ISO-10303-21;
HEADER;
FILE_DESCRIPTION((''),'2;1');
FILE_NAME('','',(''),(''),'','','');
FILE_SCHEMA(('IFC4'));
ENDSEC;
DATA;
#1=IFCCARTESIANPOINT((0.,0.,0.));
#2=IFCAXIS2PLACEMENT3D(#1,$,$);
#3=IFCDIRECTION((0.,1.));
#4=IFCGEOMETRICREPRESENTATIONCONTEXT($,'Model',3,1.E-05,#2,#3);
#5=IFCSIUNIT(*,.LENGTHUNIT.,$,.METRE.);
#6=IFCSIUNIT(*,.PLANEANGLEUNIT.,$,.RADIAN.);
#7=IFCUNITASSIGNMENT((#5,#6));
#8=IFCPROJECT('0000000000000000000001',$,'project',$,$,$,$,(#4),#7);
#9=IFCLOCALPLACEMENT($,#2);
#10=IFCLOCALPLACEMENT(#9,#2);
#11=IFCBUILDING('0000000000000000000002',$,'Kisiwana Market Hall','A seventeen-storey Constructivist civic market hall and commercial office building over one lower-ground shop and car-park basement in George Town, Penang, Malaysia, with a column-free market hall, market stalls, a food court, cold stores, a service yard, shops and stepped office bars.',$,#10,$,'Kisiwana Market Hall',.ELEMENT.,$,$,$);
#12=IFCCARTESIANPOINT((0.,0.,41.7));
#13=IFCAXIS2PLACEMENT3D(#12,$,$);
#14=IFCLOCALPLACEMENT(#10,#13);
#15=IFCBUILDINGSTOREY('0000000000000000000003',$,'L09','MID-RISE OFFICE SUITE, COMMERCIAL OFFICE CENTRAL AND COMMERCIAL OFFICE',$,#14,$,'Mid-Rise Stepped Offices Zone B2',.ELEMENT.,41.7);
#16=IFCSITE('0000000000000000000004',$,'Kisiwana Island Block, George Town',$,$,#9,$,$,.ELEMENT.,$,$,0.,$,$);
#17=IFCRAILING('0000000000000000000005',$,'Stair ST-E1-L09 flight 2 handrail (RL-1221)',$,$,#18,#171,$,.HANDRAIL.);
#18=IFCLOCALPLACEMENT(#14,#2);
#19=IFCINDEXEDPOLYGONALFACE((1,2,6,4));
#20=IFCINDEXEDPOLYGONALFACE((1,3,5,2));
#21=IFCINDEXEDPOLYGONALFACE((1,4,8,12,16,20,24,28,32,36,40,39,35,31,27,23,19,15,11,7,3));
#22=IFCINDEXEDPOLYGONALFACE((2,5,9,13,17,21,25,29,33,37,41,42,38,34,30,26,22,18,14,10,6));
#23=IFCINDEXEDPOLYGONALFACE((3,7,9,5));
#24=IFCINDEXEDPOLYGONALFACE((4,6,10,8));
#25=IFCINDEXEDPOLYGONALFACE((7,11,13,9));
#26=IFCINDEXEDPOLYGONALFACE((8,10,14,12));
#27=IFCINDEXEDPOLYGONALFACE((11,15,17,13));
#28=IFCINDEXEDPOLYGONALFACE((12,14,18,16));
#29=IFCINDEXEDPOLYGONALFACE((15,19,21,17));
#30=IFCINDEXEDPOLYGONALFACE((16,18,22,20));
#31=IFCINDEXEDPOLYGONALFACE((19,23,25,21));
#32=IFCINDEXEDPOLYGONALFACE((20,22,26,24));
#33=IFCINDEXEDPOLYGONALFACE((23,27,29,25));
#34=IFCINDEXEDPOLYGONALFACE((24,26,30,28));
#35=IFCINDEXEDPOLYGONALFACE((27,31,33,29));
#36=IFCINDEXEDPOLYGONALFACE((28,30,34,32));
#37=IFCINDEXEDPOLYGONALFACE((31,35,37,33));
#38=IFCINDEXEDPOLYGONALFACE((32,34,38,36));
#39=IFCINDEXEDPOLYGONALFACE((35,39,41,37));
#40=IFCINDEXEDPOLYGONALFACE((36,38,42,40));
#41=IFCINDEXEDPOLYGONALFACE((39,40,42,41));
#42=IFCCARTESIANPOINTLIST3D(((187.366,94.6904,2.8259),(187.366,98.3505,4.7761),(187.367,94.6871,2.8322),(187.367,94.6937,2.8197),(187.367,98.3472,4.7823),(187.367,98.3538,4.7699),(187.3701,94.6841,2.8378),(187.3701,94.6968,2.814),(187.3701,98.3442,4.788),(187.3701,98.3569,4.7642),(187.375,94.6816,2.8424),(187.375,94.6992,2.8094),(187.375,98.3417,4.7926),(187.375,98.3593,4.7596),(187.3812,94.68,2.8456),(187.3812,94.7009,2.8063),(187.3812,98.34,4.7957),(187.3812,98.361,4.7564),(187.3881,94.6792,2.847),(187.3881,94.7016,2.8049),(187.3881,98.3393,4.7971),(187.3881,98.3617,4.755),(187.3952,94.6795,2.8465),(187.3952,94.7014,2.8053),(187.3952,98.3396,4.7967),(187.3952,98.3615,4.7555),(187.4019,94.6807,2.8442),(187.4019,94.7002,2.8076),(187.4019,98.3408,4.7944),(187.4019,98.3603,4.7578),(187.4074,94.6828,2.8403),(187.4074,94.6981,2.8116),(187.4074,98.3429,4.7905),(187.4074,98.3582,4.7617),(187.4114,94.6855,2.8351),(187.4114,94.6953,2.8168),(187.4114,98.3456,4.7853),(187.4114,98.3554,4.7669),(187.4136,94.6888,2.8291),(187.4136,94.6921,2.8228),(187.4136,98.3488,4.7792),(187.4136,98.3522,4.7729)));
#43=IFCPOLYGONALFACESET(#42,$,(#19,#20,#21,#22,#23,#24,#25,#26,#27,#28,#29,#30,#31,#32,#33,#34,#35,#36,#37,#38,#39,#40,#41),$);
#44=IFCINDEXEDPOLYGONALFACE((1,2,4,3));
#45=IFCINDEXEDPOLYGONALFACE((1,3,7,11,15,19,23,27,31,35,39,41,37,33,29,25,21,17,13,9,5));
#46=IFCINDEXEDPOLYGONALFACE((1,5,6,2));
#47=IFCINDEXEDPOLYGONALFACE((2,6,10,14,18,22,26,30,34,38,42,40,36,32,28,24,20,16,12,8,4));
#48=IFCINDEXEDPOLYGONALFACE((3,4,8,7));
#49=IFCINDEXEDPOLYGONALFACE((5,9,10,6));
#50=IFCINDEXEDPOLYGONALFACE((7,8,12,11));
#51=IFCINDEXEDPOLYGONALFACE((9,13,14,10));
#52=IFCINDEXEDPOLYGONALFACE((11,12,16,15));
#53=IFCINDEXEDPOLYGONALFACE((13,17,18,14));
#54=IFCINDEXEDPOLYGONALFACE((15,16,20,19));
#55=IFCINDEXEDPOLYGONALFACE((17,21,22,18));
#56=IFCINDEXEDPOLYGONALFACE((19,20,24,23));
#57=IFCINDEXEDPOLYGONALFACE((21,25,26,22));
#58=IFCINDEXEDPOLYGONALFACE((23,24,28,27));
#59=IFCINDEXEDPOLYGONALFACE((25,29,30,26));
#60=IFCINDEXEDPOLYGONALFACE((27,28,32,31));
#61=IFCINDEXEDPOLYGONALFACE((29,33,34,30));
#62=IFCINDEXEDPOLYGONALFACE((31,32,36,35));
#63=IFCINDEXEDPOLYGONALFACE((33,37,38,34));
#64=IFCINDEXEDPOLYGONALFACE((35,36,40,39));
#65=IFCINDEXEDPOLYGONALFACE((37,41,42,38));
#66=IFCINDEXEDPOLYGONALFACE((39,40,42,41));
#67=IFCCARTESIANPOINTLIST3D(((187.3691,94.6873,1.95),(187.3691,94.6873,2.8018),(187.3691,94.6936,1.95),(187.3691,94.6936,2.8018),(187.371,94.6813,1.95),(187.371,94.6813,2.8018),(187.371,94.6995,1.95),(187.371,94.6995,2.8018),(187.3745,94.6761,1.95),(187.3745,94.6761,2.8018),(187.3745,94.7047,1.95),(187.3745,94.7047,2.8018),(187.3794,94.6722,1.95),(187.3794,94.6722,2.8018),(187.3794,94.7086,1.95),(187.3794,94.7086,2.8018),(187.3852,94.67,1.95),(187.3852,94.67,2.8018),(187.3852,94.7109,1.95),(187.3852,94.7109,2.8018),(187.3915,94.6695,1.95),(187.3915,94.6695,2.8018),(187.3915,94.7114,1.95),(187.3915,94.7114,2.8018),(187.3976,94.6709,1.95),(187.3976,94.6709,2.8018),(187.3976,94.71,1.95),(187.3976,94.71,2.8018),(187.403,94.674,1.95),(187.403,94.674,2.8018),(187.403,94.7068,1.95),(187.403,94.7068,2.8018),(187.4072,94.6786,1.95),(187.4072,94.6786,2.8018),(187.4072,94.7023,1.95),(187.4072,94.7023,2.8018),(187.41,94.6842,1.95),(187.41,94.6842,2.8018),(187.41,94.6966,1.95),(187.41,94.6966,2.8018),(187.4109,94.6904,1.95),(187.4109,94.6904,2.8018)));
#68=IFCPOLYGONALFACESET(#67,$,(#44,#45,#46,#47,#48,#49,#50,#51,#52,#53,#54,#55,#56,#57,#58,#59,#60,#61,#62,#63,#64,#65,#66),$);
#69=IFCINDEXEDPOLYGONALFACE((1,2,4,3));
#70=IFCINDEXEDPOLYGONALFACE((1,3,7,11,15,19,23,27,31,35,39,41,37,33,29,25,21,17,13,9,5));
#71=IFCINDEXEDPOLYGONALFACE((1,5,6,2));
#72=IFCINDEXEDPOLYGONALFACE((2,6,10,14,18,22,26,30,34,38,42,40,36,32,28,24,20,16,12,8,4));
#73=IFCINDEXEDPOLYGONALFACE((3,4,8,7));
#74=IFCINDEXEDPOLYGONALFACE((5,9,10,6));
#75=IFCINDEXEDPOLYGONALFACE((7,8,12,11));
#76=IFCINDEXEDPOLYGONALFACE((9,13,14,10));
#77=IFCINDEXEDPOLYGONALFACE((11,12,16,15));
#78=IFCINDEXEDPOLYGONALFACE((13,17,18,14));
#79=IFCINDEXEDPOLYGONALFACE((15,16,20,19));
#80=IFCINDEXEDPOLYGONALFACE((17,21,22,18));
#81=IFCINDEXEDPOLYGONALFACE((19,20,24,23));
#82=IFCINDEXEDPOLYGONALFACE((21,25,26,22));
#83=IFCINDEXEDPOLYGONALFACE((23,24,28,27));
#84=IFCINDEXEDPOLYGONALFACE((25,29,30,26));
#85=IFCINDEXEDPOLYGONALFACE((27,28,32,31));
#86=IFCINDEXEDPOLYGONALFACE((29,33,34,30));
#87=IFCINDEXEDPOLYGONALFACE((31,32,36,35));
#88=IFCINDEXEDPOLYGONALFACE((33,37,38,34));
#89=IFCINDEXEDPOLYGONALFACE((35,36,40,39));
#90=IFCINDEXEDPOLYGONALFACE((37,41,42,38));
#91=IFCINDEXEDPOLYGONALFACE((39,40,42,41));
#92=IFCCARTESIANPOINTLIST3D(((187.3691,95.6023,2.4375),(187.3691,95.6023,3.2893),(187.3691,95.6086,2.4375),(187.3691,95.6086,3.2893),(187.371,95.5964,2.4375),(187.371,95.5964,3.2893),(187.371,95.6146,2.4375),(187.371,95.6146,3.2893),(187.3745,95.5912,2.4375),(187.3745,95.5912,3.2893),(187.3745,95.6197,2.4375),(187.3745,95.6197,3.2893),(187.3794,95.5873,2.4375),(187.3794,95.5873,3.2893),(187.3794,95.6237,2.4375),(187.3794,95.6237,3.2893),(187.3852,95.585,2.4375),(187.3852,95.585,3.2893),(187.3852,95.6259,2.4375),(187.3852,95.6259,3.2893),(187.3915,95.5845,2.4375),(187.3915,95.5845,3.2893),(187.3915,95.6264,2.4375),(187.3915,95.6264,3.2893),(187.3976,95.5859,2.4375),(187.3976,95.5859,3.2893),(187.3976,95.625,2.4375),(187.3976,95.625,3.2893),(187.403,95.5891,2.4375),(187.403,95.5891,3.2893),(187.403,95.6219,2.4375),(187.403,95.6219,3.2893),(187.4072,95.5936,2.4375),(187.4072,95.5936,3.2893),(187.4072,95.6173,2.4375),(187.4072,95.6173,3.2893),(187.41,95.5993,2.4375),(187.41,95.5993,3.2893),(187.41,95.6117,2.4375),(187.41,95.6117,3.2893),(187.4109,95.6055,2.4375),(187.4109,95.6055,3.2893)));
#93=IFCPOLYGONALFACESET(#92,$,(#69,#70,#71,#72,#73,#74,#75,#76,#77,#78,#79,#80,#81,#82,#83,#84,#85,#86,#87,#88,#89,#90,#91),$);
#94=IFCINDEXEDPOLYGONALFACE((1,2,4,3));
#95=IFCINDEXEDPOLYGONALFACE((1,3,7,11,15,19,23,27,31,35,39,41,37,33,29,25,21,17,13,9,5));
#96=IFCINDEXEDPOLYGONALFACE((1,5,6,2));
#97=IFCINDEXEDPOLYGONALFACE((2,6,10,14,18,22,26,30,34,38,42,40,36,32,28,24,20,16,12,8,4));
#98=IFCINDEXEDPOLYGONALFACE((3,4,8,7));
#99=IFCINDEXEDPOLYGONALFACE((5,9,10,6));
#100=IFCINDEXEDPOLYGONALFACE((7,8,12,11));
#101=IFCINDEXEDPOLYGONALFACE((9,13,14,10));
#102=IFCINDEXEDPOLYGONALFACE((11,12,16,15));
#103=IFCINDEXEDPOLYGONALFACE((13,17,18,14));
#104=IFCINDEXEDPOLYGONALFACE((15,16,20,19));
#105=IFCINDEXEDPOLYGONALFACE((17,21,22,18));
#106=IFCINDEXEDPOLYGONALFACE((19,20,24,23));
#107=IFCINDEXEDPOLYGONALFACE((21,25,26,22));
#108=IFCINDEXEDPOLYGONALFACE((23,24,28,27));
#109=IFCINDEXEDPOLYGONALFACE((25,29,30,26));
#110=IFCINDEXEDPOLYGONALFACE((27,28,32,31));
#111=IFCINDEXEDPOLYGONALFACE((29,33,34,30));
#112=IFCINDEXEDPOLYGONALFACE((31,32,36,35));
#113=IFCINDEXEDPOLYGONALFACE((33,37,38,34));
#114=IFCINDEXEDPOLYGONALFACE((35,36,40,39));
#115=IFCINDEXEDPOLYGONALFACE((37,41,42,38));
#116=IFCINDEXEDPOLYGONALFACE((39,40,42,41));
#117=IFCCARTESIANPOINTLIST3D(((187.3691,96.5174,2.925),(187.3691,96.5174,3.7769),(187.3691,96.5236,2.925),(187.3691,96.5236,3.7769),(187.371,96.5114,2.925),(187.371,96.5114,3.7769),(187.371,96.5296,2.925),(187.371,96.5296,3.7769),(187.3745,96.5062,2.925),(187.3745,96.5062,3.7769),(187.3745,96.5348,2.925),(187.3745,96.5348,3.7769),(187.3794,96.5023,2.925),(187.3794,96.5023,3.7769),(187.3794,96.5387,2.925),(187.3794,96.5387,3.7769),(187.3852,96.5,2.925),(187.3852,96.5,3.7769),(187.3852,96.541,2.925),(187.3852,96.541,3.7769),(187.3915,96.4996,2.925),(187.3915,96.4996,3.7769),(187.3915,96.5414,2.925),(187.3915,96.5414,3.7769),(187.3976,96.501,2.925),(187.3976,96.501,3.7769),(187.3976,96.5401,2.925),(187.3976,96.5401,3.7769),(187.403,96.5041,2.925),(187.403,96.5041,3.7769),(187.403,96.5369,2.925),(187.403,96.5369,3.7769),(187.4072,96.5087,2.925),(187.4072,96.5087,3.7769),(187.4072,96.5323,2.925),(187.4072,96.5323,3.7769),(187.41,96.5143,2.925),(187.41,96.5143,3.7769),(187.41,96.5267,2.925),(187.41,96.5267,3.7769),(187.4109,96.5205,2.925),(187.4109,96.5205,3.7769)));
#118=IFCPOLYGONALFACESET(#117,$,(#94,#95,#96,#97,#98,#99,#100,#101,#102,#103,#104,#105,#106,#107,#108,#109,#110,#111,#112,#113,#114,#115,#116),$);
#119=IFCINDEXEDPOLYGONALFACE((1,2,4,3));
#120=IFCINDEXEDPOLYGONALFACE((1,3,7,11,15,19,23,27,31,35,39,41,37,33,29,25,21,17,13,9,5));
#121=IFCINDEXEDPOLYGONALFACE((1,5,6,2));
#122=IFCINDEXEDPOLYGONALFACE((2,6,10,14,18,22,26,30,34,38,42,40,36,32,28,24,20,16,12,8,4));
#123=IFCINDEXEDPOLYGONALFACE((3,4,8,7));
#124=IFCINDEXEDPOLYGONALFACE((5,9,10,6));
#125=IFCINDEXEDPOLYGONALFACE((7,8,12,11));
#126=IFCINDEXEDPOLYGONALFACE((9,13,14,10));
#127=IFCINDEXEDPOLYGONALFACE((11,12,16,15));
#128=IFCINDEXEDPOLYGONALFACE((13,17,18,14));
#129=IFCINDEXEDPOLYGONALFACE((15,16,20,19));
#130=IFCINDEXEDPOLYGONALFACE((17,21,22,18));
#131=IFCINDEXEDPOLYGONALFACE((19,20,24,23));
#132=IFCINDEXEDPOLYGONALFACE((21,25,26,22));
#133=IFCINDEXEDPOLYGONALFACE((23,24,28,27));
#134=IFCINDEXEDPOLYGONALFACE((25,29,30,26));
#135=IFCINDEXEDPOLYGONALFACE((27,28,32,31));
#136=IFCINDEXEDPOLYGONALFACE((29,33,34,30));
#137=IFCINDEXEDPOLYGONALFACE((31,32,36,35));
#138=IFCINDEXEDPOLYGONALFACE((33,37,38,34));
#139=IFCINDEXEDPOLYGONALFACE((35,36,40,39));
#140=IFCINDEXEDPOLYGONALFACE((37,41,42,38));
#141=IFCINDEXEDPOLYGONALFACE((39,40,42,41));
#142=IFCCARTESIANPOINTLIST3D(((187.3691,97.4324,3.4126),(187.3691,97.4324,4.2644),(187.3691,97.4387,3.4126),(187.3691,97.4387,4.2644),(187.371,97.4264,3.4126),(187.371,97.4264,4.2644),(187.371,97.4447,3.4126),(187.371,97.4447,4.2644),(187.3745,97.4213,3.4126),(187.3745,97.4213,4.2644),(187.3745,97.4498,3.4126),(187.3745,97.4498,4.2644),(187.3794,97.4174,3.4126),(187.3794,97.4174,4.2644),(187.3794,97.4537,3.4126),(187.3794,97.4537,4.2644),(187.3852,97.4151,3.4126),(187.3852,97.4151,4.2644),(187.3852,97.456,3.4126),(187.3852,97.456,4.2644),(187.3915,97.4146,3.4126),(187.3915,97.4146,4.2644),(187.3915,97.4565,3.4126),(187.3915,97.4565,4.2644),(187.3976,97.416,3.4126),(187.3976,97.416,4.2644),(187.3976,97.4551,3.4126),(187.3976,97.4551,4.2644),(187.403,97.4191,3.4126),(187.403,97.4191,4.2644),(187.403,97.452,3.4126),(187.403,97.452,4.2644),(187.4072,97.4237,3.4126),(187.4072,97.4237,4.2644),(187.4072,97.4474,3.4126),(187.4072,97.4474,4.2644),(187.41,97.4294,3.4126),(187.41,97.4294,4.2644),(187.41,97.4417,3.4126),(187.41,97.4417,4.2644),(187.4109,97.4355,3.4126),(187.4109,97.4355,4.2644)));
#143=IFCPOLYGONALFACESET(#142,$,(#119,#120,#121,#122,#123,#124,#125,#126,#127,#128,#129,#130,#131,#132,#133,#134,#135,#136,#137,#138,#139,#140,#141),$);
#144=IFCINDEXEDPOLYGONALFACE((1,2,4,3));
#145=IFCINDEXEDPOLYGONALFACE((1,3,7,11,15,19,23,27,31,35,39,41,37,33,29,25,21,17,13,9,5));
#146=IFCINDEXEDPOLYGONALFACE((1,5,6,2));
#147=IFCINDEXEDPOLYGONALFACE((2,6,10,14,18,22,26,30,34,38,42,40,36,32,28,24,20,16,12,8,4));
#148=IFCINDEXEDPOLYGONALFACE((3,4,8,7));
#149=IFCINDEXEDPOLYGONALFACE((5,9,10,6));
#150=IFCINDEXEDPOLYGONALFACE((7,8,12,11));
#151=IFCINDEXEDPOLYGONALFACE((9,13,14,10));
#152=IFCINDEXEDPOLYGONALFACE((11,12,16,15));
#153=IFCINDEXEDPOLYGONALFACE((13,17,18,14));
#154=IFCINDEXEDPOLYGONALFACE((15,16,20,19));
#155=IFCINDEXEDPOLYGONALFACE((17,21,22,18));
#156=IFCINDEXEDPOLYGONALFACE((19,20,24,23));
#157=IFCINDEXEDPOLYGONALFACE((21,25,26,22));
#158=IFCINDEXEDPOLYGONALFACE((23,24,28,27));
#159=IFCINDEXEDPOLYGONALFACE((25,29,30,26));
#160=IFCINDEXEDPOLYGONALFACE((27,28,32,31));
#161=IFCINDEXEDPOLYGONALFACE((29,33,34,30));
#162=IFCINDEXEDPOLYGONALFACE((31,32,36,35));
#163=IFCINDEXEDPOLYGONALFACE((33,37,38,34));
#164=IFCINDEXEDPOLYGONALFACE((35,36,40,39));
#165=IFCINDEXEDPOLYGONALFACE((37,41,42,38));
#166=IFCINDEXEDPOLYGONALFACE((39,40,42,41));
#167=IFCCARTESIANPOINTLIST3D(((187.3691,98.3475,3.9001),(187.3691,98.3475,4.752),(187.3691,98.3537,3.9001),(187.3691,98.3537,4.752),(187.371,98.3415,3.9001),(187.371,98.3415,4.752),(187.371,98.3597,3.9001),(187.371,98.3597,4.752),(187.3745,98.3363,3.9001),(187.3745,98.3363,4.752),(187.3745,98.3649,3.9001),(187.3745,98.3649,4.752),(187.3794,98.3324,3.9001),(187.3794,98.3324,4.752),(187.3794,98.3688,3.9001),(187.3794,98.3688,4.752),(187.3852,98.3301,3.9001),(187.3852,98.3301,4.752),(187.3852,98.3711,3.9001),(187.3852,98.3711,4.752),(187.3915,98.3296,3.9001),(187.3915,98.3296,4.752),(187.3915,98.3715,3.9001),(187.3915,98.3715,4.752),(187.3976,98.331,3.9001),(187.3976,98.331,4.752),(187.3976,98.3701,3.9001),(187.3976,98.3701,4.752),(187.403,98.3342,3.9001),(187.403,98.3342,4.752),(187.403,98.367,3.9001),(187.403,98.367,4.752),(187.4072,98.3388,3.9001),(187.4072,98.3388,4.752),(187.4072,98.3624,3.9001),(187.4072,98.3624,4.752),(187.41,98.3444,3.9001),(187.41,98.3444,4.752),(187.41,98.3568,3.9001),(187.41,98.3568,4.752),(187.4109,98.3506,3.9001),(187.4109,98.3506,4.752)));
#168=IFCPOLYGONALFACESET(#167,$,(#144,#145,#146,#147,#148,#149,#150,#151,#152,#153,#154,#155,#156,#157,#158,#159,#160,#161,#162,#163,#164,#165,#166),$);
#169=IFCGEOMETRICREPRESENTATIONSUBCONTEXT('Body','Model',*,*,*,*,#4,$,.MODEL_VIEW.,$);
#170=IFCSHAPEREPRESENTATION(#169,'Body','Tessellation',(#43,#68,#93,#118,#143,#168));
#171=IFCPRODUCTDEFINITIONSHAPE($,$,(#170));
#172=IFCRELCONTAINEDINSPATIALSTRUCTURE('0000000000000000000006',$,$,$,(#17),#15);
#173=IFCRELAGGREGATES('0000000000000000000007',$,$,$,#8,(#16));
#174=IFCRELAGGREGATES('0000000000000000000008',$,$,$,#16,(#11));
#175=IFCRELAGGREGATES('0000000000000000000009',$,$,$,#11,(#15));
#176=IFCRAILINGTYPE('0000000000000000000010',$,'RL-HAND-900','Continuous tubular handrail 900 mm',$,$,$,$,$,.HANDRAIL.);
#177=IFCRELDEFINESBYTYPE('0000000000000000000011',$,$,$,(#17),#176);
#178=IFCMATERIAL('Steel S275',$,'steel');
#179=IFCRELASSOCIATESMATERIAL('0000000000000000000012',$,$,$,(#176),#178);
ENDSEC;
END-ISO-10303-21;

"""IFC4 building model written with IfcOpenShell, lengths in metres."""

from ifc_helpers import new_model, si_unit, direction, frame, origin, origin_2d, place, context, subcontext, project, spatial, circle, extrude, material, type_object, element, save


model = new_model("IFC4")

# Units and contexts
model_context = context("Model", 3, precision=1e-05, world=origin(), true_north=direction((0.0, 1.0)))
body_context = subcontext(model_context, "Body", "Model", "MODEL_VIEW")
ifc_project = project(units=[si_unit("LENGTHUNIT", "METRE"), si_unit("PLANEANGLEUNIT", "RADIAN")], contexts=[model_context])

# Site, building, storey
site_placement = place(None, origin())
site = spatial("IfcSite", under=ifc_project, at=site_placement, Name="Kisiwana Island Block, George Town", CompositionType="ELEMENT", RefElevation=0.0)
building_placement = place(site_placement, origin())
building = spatial("IfcBuilding", under=site, at=building_placement, Name="Kisiwana Market Hall", Description="A seventeen-storey Constructivist civic market hall and commercial office building over one lower-ground shop and car-park basement in George Town, Penang, Malaysia, with a column-free market hall, market stalls, a food court, cold stores, a service yard, shops and stepped office bars.", LongName="Kisiwana Market Hall", CompositionType="ELEMENT")
storey_placement = place(building_placement, frame((0.0, 0.0, 41.7)))
storey = spatial("IfcBuildingStorey", under=building, at=storey_placement, Name="L09", Description="MID-RISE OFFICE SUITE, COMMERCIAL OFFICE CENTRAL AND COMMERCIAL OFFICE", LongName="Mid-Rise Stepped Offices Zone B2", CompositionType="ELEMENT", Elevation=41.7)

# Railing
ifc_material_1 = material(Name="Steel S275", Category="steel")
railing_type = type_object("IfcRailingType", Name="RL-HAND-900", Description="Continuous tubular handrail 900 mm", PredefinedType="HANDRAIL", material=ifc_material_1)
railing_1_placement = place(storey_placement, frame((187.3899, 94.6904, 1.95)))
element("IfcRailing", 1, at=railing_1_placement, inside=storey, type_object=railing_type, Name="Stair ST-E1-L09 flight 2 handrail (RL-1221)", PredefinedType="HANDRAIL", context=body_context, shape_type="SweptSolid", body=[
    extrude(circle(Radius=0.0239, at=origin_2d()), frame((0.0, 0.0, 0.876), z_axis=(0.0, 0.882542, 0.470234), x_axis=(-1.0, 0.0, 0.0)), (0.0, 0.0, 1.0), 4.1472),
    extrude(circle(Radius=0.021, at=origin_2d()), origin(), (0.0, 0.0, 1.0), 0.8518),
    extrude(circle(Radius=0.021, at=origin_2d()), frame((0.0, 0.915, 0.4875)), (0.0, 0.0, 1.0), 0.8518),
    extrude(circle(Radius=0.021, at=origin_2d()), frame((0.0, 1.8301, 0.9751)), (0.0, 0.0, 1.0), 0.8518),
    extrude(circle(Radius=0.021, at=origin_2d()), frame((0.0, 2.7451, 1.4626)), (0.0, 0.0, 1.0), 0.8518),
    extrude(circle(Radius=0.021, at=origin_2d()), frame((0.0, 3.6602, 1.9502)), (0.0, 0.0, 1.0), 0.8518),
])

save(model, "model.ifc")
